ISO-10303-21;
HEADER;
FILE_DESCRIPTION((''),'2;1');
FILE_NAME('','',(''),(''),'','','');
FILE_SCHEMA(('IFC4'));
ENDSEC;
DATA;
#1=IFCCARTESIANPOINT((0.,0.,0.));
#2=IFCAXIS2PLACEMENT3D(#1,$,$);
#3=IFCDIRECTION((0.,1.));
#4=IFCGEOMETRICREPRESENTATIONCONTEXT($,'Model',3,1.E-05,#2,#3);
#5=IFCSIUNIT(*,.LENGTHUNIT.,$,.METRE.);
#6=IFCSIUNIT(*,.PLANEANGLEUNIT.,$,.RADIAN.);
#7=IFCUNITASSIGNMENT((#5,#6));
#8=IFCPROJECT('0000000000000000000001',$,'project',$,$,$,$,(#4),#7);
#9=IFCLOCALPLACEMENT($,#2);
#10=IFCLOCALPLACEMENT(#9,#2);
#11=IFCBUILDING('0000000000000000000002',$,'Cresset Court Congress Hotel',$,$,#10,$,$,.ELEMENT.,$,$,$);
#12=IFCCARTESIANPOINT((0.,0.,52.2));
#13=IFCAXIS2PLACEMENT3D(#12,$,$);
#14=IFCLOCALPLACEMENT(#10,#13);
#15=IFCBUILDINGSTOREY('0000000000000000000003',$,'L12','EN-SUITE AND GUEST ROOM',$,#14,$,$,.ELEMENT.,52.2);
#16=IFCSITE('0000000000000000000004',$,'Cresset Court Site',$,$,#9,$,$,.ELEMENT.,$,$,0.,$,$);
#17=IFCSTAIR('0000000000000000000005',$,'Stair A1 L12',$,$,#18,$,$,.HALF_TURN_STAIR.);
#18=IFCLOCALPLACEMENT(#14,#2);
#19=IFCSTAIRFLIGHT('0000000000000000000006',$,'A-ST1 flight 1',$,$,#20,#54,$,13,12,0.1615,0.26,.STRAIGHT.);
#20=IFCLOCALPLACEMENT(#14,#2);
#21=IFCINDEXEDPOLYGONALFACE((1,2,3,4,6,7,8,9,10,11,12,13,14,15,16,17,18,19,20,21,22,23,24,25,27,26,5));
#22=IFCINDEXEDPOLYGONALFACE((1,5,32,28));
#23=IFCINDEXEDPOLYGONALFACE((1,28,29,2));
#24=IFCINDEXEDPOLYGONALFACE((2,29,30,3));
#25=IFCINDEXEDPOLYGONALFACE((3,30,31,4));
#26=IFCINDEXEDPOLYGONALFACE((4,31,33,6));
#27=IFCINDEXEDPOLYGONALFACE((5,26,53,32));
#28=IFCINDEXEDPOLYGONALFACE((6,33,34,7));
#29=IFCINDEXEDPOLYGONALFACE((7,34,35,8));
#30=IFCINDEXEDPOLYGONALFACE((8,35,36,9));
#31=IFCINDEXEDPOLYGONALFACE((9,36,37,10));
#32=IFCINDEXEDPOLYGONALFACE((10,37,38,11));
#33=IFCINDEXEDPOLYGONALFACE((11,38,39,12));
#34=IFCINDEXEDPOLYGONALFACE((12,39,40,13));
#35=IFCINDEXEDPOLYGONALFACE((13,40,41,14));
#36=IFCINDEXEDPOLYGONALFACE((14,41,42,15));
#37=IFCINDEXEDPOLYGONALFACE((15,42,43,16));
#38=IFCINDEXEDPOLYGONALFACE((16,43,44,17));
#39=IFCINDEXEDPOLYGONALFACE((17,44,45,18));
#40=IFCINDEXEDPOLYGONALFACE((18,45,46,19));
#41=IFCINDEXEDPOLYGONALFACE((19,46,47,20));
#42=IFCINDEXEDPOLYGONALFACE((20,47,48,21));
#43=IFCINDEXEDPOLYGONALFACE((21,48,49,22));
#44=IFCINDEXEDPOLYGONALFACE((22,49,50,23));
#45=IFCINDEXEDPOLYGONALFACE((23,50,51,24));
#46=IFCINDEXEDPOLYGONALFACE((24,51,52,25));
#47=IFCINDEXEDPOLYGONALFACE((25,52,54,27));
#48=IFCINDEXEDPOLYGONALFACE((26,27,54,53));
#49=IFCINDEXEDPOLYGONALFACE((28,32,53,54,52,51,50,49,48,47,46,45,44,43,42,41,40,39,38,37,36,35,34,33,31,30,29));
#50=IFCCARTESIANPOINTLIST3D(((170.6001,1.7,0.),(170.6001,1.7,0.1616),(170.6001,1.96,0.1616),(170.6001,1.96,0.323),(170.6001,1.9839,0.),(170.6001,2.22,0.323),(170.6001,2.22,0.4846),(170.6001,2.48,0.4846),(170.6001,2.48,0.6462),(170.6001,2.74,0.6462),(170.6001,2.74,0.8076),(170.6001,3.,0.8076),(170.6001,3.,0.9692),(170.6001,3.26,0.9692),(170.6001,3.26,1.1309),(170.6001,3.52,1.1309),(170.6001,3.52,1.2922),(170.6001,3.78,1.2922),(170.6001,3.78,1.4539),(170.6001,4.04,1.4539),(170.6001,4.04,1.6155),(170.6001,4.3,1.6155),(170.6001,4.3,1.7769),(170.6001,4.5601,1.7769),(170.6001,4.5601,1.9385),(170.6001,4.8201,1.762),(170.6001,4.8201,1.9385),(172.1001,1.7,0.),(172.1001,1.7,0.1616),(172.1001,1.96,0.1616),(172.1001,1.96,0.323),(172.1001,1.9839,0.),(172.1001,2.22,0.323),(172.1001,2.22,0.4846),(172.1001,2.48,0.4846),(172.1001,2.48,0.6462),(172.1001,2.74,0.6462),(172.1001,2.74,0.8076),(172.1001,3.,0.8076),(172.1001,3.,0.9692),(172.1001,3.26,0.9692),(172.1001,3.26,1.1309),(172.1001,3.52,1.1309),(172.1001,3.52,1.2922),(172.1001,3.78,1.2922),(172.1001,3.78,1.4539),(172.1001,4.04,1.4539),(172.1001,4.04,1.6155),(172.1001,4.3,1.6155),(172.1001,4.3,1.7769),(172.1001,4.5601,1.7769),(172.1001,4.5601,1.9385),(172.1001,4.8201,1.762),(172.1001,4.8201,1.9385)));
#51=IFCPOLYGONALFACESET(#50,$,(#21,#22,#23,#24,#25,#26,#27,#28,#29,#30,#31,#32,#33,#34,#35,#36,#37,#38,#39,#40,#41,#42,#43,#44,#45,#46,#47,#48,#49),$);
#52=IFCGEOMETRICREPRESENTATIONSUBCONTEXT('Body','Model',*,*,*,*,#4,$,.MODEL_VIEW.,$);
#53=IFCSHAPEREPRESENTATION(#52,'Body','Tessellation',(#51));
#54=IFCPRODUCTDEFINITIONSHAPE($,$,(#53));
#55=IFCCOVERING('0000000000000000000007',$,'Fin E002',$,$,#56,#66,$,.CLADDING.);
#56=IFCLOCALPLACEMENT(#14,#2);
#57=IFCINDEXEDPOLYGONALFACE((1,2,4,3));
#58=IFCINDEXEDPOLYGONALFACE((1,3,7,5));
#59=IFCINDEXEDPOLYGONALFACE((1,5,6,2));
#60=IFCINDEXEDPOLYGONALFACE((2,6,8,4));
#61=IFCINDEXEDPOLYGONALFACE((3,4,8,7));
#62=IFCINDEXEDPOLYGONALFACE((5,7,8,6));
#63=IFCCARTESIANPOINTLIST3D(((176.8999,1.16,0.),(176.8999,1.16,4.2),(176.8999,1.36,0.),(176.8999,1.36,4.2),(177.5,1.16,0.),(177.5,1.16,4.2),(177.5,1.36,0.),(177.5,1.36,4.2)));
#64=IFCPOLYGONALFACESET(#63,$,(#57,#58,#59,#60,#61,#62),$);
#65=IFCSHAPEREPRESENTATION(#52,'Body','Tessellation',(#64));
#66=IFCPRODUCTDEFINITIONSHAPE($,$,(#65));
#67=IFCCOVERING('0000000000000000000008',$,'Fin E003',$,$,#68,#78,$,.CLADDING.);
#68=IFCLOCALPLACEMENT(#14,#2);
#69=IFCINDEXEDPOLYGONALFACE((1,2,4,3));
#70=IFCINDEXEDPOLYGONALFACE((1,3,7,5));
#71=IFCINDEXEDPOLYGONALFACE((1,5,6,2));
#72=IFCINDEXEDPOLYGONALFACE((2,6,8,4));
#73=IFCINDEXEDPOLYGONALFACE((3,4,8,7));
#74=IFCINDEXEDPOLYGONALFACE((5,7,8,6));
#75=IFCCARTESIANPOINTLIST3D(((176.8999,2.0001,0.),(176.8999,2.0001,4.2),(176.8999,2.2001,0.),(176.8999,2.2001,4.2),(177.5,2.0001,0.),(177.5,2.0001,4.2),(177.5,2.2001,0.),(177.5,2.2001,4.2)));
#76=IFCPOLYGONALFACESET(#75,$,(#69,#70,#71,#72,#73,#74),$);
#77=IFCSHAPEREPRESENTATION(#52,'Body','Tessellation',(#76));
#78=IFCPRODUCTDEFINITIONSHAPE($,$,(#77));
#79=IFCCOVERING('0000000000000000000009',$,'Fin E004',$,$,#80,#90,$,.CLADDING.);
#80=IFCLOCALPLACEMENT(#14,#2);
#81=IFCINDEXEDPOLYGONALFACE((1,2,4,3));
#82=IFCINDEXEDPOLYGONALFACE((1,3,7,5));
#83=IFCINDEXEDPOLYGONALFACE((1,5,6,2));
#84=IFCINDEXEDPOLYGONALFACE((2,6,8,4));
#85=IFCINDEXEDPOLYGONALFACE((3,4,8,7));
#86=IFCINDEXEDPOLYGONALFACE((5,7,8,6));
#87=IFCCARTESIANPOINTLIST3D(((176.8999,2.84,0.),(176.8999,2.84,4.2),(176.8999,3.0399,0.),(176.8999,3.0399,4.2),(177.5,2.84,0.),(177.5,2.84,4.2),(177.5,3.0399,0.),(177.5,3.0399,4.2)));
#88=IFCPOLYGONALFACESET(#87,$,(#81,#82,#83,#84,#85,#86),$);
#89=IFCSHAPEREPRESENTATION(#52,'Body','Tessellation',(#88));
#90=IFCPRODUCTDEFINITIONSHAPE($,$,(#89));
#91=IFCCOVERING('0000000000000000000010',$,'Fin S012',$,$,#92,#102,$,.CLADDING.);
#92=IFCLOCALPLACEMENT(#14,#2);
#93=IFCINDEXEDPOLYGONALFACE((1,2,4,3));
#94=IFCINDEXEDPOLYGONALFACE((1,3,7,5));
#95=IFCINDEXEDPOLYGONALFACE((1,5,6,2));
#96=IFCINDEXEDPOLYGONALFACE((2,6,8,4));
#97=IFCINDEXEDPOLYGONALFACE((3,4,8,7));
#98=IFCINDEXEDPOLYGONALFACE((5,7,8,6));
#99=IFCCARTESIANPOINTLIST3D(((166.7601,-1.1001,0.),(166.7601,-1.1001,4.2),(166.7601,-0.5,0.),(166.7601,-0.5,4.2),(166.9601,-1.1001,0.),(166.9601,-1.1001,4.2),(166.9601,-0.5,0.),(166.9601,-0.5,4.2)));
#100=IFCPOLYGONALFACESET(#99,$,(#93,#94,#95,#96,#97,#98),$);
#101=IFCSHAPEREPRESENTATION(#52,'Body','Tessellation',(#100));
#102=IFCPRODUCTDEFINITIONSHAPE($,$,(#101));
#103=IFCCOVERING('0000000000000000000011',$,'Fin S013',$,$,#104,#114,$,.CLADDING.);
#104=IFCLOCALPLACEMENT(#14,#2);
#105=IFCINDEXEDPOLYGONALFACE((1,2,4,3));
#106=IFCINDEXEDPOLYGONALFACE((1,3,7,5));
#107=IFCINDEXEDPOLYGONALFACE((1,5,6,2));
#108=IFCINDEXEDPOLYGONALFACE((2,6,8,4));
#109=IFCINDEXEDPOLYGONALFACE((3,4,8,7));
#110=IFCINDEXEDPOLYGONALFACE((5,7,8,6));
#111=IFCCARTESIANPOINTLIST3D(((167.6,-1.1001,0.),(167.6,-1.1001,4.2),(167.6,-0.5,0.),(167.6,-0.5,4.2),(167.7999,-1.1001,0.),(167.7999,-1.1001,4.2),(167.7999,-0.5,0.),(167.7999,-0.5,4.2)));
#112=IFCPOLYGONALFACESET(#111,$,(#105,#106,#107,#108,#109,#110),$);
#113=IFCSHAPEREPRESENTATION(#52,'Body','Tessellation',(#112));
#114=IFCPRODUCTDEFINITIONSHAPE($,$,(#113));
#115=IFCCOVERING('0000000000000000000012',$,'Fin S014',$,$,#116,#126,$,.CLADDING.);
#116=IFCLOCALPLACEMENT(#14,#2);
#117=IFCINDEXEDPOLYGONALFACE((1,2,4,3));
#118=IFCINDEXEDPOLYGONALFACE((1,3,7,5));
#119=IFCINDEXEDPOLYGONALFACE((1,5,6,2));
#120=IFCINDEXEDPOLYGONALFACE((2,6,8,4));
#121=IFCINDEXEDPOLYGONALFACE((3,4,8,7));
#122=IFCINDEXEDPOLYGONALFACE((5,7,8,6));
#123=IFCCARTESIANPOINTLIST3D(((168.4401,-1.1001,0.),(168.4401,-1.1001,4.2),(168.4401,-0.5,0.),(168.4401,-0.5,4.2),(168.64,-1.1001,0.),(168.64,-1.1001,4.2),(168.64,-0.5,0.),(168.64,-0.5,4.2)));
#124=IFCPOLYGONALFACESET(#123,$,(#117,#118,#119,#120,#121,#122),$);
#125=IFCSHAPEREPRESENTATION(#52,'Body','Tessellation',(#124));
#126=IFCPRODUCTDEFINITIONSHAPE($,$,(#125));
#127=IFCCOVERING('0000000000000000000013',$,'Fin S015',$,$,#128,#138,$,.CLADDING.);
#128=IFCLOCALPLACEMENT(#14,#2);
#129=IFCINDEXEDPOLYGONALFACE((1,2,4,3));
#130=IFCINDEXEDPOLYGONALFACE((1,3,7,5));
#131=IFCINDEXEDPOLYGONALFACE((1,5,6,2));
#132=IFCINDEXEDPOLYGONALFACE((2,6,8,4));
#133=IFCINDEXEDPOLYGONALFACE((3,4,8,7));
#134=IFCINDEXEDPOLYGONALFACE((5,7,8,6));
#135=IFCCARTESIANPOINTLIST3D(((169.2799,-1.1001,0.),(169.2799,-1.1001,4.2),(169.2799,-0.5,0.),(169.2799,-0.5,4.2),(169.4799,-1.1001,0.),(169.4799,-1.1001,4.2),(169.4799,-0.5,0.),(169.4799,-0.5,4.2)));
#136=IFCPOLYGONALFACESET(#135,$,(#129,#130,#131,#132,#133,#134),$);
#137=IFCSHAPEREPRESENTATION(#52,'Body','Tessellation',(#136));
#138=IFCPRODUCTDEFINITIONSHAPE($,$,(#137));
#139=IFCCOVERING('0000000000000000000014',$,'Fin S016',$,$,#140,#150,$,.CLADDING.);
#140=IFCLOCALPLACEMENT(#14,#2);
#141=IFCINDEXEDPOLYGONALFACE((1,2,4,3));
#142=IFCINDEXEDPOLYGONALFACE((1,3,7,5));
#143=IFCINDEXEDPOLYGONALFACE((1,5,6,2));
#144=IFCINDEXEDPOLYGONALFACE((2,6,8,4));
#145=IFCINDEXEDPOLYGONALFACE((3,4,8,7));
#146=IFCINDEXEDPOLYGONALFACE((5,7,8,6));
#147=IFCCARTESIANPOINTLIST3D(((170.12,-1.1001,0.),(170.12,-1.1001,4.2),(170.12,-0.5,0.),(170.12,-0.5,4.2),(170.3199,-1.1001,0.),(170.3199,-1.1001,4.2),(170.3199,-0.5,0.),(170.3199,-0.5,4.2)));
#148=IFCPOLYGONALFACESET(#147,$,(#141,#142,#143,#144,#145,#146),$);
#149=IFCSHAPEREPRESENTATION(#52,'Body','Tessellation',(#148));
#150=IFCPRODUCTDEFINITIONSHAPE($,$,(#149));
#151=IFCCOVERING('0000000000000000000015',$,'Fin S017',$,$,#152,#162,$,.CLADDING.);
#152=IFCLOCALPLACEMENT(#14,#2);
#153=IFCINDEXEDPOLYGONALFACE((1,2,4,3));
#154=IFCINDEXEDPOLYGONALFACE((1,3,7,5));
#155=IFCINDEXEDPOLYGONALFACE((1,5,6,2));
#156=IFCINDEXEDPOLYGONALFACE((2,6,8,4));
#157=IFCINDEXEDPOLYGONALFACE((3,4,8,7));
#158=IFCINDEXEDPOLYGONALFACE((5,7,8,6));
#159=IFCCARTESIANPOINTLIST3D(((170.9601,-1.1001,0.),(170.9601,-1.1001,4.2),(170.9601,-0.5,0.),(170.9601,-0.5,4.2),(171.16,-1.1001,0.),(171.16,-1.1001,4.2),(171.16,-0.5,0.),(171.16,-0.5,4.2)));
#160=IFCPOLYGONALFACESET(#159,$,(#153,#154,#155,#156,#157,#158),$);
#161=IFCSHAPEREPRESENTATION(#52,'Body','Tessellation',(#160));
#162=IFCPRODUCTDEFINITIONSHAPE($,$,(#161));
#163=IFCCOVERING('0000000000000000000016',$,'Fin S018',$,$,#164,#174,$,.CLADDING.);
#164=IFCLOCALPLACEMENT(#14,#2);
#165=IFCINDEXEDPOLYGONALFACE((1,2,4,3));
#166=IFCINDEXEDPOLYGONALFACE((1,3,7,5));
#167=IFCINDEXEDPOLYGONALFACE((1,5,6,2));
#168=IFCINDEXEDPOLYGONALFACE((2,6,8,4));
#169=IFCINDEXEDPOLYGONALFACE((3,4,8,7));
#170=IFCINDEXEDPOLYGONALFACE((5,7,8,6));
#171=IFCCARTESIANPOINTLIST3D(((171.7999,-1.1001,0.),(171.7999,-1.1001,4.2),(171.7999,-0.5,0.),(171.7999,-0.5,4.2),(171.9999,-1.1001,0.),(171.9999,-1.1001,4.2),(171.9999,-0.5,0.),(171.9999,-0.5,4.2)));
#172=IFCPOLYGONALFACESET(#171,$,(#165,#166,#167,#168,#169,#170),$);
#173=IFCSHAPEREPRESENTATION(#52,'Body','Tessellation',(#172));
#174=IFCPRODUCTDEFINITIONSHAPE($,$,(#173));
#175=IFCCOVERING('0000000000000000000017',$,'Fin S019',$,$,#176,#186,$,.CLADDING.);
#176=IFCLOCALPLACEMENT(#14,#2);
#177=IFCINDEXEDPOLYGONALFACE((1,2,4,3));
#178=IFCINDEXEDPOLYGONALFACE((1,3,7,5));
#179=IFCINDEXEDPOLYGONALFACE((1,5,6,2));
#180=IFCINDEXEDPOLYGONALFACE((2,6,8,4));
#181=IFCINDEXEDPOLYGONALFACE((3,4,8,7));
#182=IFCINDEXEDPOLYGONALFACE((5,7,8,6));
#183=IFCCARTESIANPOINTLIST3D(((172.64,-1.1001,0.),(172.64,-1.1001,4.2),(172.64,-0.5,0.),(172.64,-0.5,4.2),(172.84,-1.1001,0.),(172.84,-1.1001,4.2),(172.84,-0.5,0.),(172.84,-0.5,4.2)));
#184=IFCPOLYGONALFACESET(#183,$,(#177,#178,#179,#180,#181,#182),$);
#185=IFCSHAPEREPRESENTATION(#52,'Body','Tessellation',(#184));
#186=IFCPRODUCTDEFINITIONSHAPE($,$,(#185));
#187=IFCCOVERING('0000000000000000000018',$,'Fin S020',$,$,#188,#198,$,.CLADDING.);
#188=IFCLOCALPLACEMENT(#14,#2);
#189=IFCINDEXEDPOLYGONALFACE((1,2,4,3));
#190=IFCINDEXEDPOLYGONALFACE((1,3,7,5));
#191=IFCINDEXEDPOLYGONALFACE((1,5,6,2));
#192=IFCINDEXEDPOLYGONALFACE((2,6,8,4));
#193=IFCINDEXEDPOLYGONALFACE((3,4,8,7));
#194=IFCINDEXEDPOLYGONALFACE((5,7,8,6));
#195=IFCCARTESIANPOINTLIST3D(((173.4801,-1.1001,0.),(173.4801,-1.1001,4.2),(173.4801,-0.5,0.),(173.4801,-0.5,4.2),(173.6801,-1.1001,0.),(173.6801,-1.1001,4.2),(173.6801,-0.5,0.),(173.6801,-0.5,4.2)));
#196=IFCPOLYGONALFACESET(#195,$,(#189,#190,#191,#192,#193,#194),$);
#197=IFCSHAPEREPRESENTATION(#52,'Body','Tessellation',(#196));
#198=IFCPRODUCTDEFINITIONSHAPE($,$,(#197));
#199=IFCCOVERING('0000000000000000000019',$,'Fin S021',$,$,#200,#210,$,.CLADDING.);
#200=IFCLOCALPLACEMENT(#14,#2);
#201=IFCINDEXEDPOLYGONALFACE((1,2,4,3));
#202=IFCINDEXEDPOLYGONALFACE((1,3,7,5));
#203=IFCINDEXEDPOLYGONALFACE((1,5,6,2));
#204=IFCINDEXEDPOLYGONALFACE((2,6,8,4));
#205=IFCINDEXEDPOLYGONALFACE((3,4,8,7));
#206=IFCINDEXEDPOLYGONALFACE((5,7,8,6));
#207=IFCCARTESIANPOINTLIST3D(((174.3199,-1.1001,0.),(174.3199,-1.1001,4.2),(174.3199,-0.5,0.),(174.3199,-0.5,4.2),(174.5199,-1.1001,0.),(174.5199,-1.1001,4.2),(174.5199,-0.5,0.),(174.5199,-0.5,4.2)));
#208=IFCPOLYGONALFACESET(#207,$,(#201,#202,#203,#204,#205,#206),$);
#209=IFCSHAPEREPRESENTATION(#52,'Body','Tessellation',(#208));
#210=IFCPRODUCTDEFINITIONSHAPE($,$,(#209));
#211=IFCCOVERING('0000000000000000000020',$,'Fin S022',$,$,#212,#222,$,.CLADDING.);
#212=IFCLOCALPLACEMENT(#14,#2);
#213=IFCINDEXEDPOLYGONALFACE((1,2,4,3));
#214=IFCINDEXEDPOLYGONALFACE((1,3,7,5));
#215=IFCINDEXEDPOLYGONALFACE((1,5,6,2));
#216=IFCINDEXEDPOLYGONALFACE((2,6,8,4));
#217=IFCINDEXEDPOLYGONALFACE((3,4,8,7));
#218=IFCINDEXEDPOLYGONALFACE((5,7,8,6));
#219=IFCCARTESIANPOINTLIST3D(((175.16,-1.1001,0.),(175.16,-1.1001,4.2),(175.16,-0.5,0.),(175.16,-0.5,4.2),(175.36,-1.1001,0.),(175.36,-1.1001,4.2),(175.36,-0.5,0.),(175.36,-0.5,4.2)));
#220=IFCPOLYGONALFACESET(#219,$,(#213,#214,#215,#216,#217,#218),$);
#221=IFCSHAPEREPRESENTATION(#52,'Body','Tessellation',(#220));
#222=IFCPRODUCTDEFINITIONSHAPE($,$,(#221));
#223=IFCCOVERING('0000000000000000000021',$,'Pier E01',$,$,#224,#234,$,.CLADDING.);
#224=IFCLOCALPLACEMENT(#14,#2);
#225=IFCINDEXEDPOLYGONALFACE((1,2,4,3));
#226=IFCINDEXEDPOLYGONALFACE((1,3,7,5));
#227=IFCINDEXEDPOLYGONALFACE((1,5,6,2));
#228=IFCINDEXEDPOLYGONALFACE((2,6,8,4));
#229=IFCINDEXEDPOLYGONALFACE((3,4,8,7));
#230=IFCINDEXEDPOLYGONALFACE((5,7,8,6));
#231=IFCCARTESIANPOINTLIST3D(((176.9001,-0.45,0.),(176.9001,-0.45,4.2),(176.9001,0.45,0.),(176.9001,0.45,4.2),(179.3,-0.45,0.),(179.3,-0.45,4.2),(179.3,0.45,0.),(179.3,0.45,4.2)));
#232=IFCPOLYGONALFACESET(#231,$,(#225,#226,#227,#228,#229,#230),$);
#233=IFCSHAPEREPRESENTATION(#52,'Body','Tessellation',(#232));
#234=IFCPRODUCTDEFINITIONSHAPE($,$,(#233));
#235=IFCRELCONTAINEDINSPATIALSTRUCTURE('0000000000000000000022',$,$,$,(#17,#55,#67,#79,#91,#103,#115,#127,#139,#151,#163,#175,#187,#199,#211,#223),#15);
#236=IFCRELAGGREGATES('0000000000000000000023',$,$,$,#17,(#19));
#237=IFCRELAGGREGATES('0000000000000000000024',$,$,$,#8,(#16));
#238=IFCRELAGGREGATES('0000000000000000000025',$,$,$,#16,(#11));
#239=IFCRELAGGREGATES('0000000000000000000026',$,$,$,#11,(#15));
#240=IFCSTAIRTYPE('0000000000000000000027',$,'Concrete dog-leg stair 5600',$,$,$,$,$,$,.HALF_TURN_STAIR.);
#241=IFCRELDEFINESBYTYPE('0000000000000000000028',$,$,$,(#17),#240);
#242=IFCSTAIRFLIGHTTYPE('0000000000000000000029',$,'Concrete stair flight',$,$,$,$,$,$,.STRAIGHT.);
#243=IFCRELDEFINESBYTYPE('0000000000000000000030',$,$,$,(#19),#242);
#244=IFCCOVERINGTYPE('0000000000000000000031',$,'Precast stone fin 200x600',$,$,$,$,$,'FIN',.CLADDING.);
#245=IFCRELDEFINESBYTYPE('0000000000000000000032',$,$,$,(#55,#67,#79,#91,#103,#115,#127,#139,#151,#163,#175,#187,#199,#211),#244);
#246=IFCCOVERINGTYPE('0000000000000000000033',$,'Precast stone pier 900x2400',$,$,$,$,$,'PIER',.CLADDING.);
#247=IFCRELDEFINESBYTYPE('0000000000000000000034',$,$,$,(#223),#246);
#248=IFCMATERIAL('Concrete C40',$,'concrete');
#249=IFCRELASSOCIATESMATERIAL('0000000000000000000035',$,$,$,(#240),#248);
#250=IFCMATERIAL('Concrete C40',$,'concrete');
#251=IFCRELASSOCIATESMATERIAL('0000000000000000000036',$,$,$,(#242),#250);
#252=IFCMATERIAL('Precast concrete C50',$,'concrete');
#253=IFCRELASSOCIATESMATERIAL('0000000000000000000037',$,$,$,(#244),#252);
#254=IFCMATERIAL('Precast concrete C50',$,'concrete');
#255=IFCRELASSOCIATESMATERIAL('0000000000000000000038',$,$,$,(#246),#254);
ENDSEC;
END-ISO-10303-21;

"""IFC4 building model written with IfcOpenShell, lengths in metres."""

from ifc_helpers import new_model, si_unit, direction, frame, origin, origin_2d, place, context, subcontext, project, spatial, polyline, rectangle, outline, extrude, material, type_object, element, aggregate, save


model = new_model("IFC4")

# Units and contexts
model_context = context("Model", 3, precision=1e-05, world=origin(), true_north=direction((0.0, 1.0)))
body_context = subcontext(model_context, "Body", "Model", "MODEL_VIEW")
ifc_project = project(units=[si_unit("LENGTHUNIT", "METRE"), si_unit("PLANEANGLEUNIT", "RADIAN")], contexts=[model_context])

# Site, building, storey
site_placement = place(None, origin())
site = spatial("IfcSite", under=ifc_project, at=site_placement, Name="Cresset Court Site", CompositionType="ELEMENT", RefElevation=0.0)
building_placement = place(site_placement, origin())
building = spatial("IfcBuilding", under=site, at=building_placement, Name="Cresset Court Congress Hotel", CompositionType="ELEMENT")
storey_placement = place(building_placement, frame((0.0, 0.0, 52.2)))
storey = spatial("IfcBuildingStorey", under=building, at=storey_placement, Name="L12", Description="EN-SUITE AND GUEST ROOM", CompositionType="ELEMENT", Elevation=52.2)

# Stair, stair flight
ifc_material_1 = material(Name="Concrete C40", Category="concrete")
stair_type = type_object("IfcStairType", Name="Concrete dog-leg stair 5600", PredefinedType="HALF_TURN_STAIR", material=ifc_material_1)
stair_placement = place(storey_placement, origin())
stair = element("IfcStair", 1, at=stair_placement, inside=storey, type_object=stair_type, Name="Stair A1 L12", PredefinedType="HALF_TURN_STAIR")
ifc_material_2 = material(Name="Concrete C40", Category="concrete")
stair_flight_type = type_object("IfcStairFlightType", Name="Concrete stair flight", PredefinedType="STRAIGHT", material=ifc_material_2)
stair_flight_placement = place(storey_placement, frame((171.3501, 1.7, 0.0), z_axis=(0.0, 0.0, 1.0), x_axis=(0.0, 1.0, 0.0)))
stair_flight = element("IfcStairFlight", 2, at=stair_flight_placement, type_object=stair_flight_type, Name="A-ST1 flight 1", NumberOfRisers=13, NumberOfTreads=12, PredefinedType="STRAIGHT", RiserHeight=0.1615, TreadLength=0.26, context=body_context, shape_type="SweptSolid", body=[
    extrude(outline(polyline([(0.0, 0.0), (0.0, 0.1616), (0.26, 0.1616), (0.26, 0.323), (0.52, 0.323), (0.52, 0.4846), (0.78, 0.4846), (0.78, 0.6462), (1.04, 0.6462), (1.04, 0.8076), (1.3, 0.8076), (1.3, 0.9692), (1.5601, 0.9692), (1.5601, 1.1309), (1.8201, 1.1309), (1.8201, 1.2922), (2.0801, 1.2922), (2.0801, 1.4539), (2.3401, 1.4539), (2.3401, 1.6155), (2.6001, 1.6155), (2.6001, 1.7769), (2.8601, 1.7769), (2.8601, 1.9385), (3.1201, 1.9385), (3.1201, 2.1001), (3.1201, 1.762), (0.2839, 0.0), (0.0, 0.0)])), frame((0.0, 0.75, 0.0), z_axis=(0.0, -1.0, 0.0), x_axis=(1.0, 0.0, 0.0)), (0.0, 0.0, 1.0), 1.5),
])
aggregate(stair, [stair_flight])

# Coverings
ifc_material_3 = material(Name="Precast concrete C50", Category="concrete")
covering_type_1 = type_object("IfcCoveringType", Name="Precast stone fin 200x600", ElementType="FIN", PredefinedType="CLADDING", material=ifc_material_3)
for number, where, z_axis, x_axis, name in (
    (3, (177.2, 1.26, 0.0), (0.0, 0.0, 1.0), (1.0, 0.0, 0.0), "Fin E002"),
    (4, (177.2, 2.1001, 0.0), (0.0, 0.0, 1.0), (1.0, 0.0, 0.0), "Fin E003"),
    (5, (177.2, 2.9399, 0.0), (0.0, 0.0, 1.0), (1.0, 0.0, 0.0), "Fin E004"),
):
    element("IfcCovering", number, at=place(storey_placement, frame(where, z_axis=z_axis, x_axis=x_axis)), inside=storey, type_object=covering_type_1, Name=name, PredefinedType="CLADDING", context=body_context, shape_type="SweptSolid", body=[
        extrude(rectangle(XDim=0.6001, YDim=0.2, at=origin_2d()), origin(), (0.0, 0.0, 1.0), 4.2),
    ])
for number, where, z_axis, x_axis, name in (
    (6, (166.8601, -0.8, 0.0), (0.0, 0.0, 1.0), (1.0, 0.0, 0.0), "Fin S012"),
    (7, (167.7, -0.8, 0.0), (0.0, 0.0, 1.0), (1.0, 0.0, 0.0), "Fin S013"),
    (8, (168.54, -0.8, 0.0), (0.0, 0.0, 1.0), (1.0, 0.0, 0.0), "Fin S014"),
    (9, (169.3799, -0.8, 0.0), (0.0, 0.0, 1.0), (1.0, 0.0, 0.0), "Fin S015"),
    (10, (170.22, -0.8, 0.0), (0.0, 0.0, 1.0), (1.0, 0.0, 0.0), "Fin S016"),
    (11, (171.0601, -0.8, 0.0), (0.0, 0.0, 1.0), (1.0, 0.0, 0.0), "Fin S017"),
    (12, (171.8999, -0.8, 0.0), (0.0, 0.0, 1.0), (1.0, 0.0, 0.0), "Fin S018"),
    (13, (172.74, -0.8, 0.0), (0.0, 0.0, 1.0), (1.0, 0.0, 0.0), "Fin S019"),
    (14, (173.5801, -0.8, 0.0), (0.0, 0.0, 1.0), (1.0, 0.0, 0.0), "Fin S020"),
    (15, (174.4199, -0.8, 0.0), (0.0, 0.0, 1.0), (1.0, 0.0, 0.0), "Fin S021"),
    (16, (175.26, -0.8, 0.0), (0.0, 0.0, 1.0), (1.0, 0.0, 0.0), "Fin S022"),
):
    element("IfcCovering", number, at=place(storey_placement, frame(where, z_axis=z_axis, x_axis=x_axis)), inside=storey, type_object=covering_type_1, Name=name, PredefinedType="CLADDING", context=body_context, shape_type="SweptSolid", body=[
        extrude(rectangle(XDim=0.2, YDim=0.6001, at=origin_2d()), origin(), (0.0, 0.0, 1.0), 4.2),
    ])
ifc_material_4 = material(Name="Precast concrete C50", Category="concrete")
covering_type_2 = type_object("IfcCoveringType", Name="Precast stone pier 900x2400", ElementType="PIER", PredefinedType="CLADDING", material=ifc_material_4)
covering_1_placement = place(storey_placement, frame((178.1001, 0.0, 0.0), z_axis=(0.0, 0.0, 1.0), x_axis=(1.0, 0.0, 0.0)))
element("IfcCovering", 17, at=covering_1_placement, inside=storey, type_object=covering_type_2, Name="Pier E01", PredefinedType="CLADDING", context=body_context, shape_type="SweptSolid", body=[
    extrude(rectangle(XDim=2.3999, YDim=0.8999, at=origin_2d()), origin(), (0.0, 0.0, 1.0), 4.2),
])

save(model, "model.ifc")
